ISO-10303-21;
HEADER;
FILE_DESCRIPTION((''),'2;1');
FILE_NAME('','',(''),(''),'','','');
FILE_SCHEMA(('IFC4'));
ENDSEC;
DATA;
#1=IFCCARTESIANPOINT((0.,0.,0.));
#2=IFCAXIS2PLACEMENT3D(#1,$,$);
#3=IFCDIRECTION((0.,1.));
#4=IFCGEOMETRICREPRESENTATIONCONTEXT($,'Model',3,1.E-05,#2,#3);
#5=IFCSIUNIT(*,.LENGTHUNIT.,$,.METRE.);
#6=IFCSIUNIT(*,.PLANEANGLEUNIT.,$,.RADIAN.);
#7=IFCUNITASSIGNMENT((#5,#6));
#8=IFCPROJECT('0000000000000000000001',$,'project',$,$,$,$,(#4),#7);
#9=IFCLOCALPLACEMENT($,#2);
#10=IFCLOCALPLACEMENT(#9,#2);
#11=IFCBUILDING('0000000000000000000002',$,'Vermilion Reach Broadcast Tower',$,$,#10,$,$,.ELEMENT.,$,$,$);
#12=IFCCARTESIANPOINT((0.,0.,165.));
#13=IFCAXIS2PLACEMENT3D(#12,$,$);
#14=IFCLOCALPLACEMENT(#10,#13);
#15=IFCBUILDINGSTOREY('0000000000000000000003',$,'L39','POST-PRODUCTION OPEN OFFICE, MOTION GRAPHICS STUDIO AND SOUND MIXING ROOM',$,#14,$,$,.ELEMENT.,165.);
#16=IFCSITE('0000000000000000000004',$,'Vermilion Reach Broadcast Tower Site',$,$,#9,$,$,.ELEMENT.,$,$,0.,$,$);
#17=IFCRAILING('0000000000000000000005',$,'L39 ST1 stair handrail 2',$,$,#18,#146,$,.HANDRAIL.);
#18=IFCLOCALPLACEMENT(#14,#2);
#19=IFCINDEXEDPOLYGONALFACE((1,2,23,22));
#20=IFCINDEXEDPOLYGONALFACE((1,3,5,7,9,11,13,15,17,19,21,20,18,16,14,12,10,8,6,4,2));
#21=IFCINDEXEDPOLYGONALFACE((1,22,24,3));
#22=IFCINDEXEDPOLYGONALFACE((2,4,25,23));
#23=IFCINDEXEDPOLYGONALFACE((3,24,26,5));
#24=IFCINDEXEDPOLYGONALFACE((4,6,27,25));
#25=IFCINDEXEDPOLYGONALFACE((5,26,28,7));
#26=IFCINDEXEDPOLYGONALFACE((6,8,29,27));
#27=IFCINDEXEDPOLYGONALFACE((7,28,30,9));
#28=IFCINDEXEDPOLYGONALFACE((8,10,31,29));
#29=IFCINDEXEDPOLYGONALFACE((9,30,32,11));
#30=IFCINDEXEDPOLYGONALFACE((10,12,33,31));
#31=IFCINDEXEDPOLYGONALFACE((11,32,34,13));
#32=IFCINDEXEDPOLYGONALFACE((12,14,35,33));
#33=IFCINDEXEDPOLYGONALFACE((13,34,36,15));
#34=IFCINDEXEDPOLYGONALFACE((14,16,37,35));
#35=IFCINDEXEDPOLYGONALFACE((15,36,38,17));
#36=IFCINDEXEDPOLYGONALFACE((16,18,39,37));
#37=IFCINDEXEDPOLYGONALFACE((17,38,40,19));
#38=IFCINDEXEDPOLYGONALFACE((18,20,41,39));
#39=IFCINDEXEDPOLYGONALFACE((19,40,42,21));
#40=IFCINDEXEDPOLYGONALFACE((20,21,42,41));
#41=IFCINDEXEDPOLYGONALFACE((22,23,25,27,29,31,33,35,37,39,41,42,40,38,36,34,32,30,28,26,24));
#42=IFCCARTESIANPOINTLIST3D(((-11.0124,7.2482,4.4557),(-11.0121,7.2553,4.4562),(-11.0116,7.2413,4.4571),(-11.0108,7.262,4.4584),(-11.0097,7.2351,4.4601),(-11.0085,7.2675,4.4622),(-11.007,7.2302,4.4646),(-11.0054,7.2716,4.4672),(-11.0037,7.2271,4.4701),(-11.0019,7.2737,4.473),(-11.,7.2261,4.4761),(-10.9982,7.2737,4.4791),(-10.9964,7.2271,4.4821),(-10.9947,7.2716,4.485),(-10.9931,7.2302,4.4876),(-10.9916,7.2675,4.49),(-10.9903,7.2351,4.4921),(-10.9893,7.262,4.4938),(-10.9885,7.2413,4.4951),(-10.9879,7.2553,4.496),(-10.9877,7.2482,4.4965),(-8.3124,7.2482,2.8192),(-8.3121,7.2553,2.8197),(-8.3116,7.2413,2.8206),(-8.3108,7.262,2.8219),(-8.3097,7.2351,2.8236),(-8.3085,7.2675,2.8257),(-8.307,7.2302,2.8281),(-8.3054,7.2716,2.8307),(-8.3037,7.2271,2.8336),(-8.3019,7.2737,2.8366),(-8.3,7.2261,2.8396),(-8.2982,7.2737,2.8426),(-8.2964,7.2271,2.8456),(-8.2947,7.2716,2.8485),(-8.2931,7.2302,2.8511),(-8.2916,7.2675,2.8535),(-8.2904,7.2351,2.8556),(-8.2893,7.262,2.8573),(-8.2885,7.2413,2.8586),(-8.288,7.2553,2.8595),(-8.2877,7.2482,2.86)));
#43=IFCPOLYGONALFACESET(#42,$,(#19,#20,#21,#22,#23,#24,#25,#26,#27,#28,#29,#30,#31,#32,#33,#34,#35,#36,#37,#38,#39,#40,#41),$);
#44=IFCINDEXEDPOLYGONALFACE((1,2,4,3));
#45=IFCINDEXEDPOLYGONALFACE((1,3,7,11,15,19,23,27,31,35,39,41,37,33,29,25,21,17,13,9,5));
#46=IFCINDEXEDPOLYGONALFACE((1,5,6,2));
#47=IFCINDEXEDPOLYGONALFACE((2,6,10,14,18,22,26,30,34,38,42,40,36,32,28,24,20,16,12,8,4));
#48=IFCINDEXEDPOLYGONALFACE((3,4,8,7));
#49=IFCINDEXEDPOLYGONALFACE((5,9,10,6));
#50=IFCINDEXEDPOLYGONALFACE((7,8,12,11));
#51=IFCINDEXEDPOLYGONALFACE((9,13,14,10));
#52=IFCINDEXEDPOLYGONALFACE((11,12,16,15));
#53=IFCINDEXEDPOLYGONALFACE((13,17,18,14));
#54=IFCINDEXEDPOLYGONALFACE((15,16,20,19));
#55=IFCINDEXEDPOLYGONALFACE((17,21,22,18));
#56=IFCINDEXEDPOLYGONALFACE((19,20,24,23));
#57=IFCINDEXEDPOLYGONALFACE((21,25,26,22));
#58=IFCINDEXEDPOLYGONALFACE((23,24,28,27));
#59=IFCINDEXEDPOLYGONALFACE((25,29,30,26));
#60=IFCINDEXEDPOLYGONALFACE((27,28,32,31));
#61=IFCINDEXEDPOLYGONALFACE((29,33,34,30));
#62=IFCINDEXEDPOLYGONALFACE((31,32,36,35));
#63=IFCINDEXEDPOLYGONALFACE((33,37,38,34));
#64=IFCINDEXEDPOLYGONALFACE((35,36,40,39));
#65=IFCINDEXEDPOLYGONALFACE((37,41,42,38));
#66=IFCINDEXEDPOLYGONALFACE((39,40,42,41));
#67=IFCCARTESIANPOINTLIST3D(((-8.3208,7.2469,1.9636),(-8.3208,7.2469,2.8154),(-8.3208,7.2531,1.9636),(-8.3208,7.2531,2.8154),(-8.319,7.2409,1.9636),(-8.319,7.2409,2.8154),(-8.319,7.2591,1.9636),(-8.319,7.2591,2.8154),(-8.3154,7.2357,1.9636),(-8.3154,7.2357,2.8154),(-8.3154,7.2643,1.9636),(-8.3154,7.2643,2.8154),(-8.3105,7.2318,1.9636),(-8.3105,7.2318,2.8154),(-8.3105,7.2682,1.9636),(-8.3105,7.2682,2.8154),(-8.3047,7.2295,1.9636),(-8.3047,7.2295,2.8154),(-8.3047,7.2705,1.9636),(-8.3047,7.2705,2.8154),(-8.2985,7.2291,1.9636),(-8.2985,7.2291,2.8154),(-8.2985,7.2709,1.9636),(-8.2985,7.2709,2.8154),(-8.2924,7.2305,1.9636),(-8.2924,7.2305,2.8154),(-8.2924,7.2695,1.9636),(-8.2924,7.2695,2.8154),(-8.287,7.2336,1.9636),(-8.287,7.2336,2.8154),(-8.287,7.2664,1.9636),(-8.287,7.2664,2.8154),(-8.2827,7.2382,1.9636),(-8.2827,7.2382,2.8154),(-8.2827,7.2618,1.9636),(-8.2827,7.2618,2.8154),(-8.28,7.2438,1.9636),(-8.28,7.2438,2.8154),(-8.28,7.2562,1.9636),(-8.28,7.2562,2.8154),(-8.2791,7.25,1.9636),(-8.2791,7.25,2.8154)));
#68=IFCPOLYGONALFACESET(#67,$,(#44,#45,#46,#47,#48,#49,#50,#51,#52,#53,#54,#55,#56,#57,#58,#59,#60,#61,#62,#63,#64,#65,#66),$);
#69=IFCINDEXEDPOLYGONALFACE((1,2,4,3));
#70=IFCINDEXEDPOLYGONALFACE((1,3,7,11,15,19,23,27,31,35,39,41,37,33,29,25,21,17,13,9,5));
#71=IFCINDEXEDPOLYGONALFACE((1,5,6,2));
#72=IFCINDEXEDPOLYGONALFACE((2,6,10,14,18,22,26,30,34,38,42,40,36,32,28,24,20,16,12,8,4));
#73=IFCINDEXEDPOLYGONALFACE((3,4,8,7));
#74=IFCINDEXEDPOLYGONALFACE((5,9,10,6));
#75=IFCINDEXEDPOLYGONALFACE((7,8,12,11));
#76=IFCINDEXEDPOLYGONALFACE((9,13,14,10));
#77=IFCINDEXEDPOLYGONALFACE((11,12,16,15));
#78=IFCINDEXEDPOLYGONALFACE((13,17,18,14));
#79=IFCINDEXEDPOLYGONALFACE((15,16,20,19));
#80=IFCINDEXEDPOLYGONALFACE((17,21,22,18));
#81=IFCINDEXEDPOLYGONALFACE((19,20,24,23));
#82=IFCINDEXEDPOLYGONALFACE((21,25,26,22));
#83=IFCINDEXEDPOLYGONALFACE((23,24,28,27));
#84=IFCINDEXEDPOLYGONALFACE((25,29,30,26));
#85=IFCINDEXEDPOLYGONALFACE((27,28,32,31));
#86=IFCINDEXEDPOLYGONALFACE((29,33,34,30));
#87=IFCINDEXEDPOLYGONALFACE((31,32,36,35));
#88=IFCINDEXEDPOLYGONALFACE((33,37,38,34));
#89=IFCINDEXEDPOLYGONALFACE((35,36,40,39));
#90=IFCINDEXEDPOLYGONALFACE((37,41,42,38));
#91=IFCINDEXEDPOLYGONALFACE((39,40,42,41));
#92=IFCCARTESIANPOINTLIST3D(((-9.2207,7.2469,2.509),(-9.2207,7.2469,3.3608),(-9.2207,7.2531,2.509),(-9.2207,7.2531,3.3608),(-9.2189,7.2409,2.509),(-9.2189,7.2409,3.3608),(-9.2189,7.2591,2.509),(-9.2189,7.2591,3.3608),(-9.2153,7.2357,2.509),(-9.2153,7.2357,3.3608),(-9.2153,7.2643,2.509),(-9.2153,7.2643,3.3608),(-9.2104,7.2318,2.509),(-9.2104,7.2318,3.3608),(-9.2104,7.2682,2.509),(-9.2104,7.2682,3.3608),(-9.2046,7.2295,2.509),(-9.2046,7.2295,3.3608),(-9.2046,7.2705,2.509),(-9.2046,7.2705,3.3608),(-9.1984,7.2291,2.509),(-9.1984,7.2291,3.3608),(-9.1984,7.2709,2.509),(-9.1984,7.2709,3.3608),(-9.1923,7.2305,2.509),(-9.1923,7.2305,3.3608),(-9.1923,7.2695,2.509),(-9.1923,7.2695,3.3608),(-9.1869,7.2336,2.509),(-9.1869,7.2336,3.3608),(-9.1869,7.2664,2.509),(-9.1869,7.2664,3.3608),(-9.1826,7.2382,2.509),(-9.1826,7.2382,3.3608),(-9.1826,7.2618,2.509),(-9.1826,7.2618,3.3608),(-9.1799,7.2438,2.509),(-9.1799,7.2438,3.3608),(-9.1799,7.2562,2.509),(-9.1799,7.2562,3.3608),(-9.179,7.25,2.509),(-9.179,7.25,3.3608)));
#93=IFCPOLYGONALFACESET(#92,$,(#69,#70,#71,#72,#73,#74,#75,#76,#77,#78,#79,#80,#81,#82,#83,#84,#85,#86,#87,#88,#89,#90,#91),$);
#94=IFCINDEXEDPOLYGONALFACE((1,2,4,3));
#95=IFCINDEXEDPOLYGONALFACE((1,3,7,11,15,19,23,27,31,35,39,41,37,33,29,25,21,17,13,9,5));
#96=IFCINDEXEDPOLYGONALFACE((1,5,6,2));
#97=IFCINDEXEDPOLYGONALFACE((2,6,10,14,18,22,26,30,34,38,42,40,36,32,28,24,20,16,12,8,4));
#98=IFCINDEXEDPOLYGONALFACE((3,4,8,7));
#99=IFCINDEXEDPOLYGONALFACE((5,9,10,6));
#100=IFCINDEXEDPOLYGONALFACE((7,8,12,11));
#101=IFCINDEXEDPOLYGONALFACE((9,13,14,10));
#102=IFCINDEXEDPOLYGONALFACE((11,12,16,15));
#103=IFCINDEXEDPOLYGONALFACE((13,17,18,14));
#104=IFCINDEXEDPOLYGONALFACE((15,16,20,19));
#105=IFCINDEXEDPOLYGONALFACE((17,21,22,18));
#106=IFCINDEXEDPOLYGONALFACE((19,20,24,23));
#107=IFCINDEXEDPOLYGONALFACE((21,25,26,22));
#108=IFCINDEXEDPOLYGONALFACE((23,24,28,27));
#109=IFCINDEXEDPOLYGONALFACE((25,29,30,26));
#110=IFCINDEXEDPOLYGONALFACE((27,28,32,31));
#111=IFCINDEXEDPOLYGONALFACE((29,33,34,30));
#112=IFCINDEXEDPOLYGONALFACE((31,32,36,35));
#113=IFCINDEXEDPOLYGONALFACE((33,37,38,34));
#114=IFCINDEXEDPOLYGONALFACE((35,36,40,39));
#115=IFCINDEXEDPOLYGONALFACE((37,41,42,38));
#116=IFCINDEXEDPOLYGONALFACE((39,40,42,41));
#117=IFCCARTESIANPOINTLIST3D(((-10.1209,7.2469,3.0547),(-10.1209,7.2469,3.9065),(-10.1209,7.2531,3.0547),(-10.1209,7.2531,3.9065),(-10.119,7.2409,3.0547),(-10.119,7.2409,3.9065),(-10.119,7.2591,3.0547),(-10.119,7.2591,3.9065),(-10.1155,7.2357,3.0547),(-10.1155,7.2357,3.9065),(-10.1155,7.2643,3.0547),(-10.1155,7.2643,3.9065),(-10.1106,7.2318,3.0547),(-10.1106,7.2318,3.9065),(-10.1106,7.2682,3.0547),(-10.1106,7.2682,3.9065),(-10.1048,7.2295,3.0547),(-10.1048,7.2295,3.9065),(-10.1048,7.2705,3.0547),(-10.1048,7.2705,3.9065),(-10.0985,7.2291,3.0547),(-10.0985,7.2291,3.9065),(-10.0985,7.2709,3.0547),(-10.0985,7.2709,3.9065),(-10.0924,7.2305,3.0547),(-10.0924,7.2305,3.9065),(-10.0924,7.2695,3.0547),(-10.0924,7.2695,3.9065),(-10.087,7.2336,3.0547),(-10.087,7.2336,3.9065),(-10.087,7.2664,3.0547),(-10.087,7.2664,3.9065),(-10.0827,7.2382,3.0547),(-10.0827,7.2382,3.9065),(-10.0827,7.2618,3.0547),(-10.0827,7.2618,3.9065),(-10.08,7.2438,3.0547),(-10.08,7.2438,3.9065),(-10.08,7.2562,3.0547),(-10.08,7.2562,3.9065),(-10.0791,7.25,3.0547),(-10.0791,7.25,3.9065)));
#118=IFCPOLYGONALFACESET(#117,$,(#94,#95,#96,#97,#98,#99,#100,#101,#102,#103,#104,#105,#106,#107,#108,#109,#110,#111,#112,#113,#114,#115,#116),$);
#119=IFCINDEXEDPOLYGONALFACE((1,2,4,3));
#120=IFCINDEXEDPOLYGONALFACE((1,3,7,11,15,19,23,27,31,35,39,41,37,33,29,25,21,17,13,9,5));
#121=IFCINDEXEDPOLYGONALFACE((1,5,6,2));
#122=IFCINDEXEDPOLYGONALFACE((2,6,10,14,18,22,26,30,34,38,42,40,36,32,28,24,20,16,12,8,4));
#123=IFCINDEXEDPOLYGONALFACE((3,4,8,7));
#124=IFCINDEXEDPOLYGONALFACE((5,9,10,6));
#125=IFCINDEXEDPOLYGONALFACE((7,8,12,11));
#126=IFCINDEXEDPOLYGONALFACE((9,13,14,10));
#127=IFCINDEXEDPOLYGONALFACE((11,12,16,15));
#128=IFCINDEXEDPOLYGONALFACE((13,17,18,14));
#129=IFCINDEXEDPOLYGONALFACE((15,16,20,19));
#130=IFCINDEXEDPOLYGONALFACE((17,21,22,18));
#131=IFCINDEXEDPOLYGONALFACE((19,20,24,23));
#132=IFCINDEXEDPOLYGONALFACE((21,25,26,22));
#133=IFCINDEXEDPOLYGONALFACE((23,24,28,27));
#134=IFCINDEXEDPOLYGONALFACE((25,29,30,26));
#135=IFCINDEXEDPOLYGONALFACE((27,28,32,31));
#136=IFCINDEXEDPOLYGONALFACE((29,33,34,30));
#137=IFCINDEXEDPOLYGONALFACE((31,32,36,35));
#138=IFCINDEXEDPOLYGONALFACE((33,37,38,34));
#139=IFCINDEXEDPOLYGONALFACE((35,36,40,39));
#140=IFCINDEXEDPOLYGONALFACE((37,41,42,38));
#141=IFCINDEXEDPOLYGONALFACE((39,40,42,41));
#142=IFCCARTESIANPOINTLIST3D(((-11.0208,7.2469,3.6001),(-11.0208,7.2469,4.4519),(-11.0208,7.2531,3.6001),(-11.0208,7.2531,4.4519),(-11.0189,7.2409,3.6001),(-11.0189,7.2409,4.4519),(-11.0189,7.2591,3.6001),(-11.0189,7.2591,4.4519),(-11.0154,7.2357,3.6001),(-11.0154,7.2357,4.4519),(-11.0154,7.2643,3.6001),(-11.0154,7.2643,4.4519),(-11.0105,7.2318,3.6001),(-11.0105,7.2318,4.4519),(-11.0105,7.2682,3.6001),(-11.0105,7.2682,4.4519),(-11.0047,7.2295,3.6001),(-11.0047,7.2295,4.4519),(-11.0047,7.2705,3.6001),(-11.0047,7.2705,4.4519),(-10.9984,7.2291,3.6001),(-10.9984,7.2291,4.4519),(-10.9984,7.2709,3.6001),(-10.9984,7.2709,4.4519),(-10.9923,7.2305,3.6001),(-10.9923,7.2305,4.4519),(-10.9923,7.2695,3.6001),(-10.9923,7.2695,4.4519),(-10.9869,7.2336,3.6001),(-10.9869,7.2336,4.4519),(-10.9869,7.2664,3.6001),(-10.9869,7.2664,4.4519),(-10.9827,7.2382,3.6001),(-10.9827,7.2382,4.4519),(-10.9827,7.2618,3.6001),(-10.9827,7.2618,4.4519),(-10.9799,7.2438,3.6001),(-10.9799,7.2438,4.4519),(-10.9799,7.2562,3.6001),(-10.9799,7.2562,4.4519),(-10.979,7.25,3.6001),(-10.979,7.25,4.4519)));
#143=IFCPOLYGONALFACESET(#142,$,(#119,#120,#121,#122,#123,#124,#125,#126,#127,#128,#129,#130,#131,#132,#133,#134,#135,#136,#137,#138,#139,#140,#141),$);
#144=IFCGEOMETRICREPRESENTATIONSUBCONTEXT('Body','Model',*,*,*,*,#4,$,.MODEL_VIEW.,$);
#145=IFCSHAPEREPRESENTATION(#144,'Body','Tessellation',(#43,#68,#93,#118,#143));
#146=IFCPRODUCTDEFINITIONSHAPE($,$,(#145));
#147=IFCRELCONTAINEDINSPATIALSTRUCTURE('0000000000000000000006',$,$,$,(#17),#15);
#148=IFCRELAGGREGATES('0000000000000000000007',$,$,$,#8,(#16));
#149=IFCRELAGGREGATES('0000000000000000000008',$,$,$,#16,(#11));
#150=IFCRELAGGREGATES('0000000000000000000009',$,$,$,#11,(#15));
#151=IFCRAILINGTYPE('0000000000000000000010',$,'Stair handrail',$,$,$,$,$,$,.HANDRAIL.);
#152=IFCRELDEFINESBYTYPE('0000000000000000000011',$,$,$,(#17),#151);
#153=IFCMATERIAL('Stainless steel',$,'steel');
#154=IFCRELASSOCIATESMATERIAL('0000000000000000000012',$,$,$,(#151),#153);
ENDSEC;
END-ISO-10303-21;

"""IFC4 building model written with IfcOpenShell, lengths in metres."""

from ifc_helpers import new_model, si_unit, direction, frame, origin, origin_2d, place, context, subcontext, project, spatial, circle, extrude, material, type_object, element, save


model = new_model("IFC4")

# Units and contexts
model_context = context("Model", 3, precision=1e-05, world=origin(), true_north=direction((0.0, 1.0)))
body_context = subcontext(model_context, "Body", "Model", "MODEL_VIEW")
ifc_project = project(units=[si_unit("LENGTHUNIT", "METRE"), si_unit("PLANEANGLEUNIT", "RADIAN")], contexts=[model_context])

# Site, building, storey
site_placement = place(None, origin())
site = spatial("IfcSite", under=ifc_project, at=site_placement, Name="Vermilion Reach Broadcast Tower Site", CompositionType="ELEMENT", RefElevation=0.0)
building_placement = place(site_placement, origin())
building = spatial("IfcBuilding", under=site, at=building_placement, Name="Vermilion Reach Broadcast Tower", CompositionType="ELEMENT")
storey_placement = place(building_placement, frame((0.0, 0.0, 165.0)))
storey = spatial("IfcBuildingStorey", under=building, at=storey_placement, Name="L39", Description="POST-PRODUCTION OPEN OFFICE, MOTION GRAPHICS STUDIO AND SOUND MIXING ROOM", CompositionType="ELEMENT", Elevation=165.0)

# Railing
ifc_material_1 = material(Name="Stainless steel", Category="steel")
railing_type_1 = type_object("IfcRailingType", Name="Stair handrail", PredefinedType="HANDRAIL", material=ifc_material_1)
railing_1_placement = place(storey_placement, frame((-8.3, 7.25, 1.9636)))
element("IfcRailing", 1, at=railing_1_placement, inside=storey, type_object=railing_type_1, Name="L39 ST1 stair handrail 2", PredefinedType="HANDRAIL", context=body_context, shape_type="SweptSolid", body=[
    extrude(circle(Radius=0.0239, at=origin_2d()), frame((0.0, 0.0, 0.876), z_axis=(-0.855178, 0.0, 0.518334), x_axis=(0.0, -1.0, 0.0)), (0.0, 0.0, 1.0), 3.1572),
    extrude(circle(Radius=0.021, at=origin_2d()), origin(), (0.0, 0.0, 1.0), 0.8518),
    extrude(circle(Radius=0.021, at=origin_2d()), frame((-0.8999, 0.0, 0.5454)), (0.0, 0.0, 1.0), 0.8518),
    extrude(circle(Radius=0.021, at=origin_2d()), frame((-1.8, 0.0, 1.0911)), (0.0, 0.0, 1.0), 0.8518),
    extrude(circle(Radius=0.021, at=origin_2d()), frame((-2.7, 0.0, 1.6365)), (0.0, 0.0, 1.0), 0.8518),
])

save(model, "model.ifc")
